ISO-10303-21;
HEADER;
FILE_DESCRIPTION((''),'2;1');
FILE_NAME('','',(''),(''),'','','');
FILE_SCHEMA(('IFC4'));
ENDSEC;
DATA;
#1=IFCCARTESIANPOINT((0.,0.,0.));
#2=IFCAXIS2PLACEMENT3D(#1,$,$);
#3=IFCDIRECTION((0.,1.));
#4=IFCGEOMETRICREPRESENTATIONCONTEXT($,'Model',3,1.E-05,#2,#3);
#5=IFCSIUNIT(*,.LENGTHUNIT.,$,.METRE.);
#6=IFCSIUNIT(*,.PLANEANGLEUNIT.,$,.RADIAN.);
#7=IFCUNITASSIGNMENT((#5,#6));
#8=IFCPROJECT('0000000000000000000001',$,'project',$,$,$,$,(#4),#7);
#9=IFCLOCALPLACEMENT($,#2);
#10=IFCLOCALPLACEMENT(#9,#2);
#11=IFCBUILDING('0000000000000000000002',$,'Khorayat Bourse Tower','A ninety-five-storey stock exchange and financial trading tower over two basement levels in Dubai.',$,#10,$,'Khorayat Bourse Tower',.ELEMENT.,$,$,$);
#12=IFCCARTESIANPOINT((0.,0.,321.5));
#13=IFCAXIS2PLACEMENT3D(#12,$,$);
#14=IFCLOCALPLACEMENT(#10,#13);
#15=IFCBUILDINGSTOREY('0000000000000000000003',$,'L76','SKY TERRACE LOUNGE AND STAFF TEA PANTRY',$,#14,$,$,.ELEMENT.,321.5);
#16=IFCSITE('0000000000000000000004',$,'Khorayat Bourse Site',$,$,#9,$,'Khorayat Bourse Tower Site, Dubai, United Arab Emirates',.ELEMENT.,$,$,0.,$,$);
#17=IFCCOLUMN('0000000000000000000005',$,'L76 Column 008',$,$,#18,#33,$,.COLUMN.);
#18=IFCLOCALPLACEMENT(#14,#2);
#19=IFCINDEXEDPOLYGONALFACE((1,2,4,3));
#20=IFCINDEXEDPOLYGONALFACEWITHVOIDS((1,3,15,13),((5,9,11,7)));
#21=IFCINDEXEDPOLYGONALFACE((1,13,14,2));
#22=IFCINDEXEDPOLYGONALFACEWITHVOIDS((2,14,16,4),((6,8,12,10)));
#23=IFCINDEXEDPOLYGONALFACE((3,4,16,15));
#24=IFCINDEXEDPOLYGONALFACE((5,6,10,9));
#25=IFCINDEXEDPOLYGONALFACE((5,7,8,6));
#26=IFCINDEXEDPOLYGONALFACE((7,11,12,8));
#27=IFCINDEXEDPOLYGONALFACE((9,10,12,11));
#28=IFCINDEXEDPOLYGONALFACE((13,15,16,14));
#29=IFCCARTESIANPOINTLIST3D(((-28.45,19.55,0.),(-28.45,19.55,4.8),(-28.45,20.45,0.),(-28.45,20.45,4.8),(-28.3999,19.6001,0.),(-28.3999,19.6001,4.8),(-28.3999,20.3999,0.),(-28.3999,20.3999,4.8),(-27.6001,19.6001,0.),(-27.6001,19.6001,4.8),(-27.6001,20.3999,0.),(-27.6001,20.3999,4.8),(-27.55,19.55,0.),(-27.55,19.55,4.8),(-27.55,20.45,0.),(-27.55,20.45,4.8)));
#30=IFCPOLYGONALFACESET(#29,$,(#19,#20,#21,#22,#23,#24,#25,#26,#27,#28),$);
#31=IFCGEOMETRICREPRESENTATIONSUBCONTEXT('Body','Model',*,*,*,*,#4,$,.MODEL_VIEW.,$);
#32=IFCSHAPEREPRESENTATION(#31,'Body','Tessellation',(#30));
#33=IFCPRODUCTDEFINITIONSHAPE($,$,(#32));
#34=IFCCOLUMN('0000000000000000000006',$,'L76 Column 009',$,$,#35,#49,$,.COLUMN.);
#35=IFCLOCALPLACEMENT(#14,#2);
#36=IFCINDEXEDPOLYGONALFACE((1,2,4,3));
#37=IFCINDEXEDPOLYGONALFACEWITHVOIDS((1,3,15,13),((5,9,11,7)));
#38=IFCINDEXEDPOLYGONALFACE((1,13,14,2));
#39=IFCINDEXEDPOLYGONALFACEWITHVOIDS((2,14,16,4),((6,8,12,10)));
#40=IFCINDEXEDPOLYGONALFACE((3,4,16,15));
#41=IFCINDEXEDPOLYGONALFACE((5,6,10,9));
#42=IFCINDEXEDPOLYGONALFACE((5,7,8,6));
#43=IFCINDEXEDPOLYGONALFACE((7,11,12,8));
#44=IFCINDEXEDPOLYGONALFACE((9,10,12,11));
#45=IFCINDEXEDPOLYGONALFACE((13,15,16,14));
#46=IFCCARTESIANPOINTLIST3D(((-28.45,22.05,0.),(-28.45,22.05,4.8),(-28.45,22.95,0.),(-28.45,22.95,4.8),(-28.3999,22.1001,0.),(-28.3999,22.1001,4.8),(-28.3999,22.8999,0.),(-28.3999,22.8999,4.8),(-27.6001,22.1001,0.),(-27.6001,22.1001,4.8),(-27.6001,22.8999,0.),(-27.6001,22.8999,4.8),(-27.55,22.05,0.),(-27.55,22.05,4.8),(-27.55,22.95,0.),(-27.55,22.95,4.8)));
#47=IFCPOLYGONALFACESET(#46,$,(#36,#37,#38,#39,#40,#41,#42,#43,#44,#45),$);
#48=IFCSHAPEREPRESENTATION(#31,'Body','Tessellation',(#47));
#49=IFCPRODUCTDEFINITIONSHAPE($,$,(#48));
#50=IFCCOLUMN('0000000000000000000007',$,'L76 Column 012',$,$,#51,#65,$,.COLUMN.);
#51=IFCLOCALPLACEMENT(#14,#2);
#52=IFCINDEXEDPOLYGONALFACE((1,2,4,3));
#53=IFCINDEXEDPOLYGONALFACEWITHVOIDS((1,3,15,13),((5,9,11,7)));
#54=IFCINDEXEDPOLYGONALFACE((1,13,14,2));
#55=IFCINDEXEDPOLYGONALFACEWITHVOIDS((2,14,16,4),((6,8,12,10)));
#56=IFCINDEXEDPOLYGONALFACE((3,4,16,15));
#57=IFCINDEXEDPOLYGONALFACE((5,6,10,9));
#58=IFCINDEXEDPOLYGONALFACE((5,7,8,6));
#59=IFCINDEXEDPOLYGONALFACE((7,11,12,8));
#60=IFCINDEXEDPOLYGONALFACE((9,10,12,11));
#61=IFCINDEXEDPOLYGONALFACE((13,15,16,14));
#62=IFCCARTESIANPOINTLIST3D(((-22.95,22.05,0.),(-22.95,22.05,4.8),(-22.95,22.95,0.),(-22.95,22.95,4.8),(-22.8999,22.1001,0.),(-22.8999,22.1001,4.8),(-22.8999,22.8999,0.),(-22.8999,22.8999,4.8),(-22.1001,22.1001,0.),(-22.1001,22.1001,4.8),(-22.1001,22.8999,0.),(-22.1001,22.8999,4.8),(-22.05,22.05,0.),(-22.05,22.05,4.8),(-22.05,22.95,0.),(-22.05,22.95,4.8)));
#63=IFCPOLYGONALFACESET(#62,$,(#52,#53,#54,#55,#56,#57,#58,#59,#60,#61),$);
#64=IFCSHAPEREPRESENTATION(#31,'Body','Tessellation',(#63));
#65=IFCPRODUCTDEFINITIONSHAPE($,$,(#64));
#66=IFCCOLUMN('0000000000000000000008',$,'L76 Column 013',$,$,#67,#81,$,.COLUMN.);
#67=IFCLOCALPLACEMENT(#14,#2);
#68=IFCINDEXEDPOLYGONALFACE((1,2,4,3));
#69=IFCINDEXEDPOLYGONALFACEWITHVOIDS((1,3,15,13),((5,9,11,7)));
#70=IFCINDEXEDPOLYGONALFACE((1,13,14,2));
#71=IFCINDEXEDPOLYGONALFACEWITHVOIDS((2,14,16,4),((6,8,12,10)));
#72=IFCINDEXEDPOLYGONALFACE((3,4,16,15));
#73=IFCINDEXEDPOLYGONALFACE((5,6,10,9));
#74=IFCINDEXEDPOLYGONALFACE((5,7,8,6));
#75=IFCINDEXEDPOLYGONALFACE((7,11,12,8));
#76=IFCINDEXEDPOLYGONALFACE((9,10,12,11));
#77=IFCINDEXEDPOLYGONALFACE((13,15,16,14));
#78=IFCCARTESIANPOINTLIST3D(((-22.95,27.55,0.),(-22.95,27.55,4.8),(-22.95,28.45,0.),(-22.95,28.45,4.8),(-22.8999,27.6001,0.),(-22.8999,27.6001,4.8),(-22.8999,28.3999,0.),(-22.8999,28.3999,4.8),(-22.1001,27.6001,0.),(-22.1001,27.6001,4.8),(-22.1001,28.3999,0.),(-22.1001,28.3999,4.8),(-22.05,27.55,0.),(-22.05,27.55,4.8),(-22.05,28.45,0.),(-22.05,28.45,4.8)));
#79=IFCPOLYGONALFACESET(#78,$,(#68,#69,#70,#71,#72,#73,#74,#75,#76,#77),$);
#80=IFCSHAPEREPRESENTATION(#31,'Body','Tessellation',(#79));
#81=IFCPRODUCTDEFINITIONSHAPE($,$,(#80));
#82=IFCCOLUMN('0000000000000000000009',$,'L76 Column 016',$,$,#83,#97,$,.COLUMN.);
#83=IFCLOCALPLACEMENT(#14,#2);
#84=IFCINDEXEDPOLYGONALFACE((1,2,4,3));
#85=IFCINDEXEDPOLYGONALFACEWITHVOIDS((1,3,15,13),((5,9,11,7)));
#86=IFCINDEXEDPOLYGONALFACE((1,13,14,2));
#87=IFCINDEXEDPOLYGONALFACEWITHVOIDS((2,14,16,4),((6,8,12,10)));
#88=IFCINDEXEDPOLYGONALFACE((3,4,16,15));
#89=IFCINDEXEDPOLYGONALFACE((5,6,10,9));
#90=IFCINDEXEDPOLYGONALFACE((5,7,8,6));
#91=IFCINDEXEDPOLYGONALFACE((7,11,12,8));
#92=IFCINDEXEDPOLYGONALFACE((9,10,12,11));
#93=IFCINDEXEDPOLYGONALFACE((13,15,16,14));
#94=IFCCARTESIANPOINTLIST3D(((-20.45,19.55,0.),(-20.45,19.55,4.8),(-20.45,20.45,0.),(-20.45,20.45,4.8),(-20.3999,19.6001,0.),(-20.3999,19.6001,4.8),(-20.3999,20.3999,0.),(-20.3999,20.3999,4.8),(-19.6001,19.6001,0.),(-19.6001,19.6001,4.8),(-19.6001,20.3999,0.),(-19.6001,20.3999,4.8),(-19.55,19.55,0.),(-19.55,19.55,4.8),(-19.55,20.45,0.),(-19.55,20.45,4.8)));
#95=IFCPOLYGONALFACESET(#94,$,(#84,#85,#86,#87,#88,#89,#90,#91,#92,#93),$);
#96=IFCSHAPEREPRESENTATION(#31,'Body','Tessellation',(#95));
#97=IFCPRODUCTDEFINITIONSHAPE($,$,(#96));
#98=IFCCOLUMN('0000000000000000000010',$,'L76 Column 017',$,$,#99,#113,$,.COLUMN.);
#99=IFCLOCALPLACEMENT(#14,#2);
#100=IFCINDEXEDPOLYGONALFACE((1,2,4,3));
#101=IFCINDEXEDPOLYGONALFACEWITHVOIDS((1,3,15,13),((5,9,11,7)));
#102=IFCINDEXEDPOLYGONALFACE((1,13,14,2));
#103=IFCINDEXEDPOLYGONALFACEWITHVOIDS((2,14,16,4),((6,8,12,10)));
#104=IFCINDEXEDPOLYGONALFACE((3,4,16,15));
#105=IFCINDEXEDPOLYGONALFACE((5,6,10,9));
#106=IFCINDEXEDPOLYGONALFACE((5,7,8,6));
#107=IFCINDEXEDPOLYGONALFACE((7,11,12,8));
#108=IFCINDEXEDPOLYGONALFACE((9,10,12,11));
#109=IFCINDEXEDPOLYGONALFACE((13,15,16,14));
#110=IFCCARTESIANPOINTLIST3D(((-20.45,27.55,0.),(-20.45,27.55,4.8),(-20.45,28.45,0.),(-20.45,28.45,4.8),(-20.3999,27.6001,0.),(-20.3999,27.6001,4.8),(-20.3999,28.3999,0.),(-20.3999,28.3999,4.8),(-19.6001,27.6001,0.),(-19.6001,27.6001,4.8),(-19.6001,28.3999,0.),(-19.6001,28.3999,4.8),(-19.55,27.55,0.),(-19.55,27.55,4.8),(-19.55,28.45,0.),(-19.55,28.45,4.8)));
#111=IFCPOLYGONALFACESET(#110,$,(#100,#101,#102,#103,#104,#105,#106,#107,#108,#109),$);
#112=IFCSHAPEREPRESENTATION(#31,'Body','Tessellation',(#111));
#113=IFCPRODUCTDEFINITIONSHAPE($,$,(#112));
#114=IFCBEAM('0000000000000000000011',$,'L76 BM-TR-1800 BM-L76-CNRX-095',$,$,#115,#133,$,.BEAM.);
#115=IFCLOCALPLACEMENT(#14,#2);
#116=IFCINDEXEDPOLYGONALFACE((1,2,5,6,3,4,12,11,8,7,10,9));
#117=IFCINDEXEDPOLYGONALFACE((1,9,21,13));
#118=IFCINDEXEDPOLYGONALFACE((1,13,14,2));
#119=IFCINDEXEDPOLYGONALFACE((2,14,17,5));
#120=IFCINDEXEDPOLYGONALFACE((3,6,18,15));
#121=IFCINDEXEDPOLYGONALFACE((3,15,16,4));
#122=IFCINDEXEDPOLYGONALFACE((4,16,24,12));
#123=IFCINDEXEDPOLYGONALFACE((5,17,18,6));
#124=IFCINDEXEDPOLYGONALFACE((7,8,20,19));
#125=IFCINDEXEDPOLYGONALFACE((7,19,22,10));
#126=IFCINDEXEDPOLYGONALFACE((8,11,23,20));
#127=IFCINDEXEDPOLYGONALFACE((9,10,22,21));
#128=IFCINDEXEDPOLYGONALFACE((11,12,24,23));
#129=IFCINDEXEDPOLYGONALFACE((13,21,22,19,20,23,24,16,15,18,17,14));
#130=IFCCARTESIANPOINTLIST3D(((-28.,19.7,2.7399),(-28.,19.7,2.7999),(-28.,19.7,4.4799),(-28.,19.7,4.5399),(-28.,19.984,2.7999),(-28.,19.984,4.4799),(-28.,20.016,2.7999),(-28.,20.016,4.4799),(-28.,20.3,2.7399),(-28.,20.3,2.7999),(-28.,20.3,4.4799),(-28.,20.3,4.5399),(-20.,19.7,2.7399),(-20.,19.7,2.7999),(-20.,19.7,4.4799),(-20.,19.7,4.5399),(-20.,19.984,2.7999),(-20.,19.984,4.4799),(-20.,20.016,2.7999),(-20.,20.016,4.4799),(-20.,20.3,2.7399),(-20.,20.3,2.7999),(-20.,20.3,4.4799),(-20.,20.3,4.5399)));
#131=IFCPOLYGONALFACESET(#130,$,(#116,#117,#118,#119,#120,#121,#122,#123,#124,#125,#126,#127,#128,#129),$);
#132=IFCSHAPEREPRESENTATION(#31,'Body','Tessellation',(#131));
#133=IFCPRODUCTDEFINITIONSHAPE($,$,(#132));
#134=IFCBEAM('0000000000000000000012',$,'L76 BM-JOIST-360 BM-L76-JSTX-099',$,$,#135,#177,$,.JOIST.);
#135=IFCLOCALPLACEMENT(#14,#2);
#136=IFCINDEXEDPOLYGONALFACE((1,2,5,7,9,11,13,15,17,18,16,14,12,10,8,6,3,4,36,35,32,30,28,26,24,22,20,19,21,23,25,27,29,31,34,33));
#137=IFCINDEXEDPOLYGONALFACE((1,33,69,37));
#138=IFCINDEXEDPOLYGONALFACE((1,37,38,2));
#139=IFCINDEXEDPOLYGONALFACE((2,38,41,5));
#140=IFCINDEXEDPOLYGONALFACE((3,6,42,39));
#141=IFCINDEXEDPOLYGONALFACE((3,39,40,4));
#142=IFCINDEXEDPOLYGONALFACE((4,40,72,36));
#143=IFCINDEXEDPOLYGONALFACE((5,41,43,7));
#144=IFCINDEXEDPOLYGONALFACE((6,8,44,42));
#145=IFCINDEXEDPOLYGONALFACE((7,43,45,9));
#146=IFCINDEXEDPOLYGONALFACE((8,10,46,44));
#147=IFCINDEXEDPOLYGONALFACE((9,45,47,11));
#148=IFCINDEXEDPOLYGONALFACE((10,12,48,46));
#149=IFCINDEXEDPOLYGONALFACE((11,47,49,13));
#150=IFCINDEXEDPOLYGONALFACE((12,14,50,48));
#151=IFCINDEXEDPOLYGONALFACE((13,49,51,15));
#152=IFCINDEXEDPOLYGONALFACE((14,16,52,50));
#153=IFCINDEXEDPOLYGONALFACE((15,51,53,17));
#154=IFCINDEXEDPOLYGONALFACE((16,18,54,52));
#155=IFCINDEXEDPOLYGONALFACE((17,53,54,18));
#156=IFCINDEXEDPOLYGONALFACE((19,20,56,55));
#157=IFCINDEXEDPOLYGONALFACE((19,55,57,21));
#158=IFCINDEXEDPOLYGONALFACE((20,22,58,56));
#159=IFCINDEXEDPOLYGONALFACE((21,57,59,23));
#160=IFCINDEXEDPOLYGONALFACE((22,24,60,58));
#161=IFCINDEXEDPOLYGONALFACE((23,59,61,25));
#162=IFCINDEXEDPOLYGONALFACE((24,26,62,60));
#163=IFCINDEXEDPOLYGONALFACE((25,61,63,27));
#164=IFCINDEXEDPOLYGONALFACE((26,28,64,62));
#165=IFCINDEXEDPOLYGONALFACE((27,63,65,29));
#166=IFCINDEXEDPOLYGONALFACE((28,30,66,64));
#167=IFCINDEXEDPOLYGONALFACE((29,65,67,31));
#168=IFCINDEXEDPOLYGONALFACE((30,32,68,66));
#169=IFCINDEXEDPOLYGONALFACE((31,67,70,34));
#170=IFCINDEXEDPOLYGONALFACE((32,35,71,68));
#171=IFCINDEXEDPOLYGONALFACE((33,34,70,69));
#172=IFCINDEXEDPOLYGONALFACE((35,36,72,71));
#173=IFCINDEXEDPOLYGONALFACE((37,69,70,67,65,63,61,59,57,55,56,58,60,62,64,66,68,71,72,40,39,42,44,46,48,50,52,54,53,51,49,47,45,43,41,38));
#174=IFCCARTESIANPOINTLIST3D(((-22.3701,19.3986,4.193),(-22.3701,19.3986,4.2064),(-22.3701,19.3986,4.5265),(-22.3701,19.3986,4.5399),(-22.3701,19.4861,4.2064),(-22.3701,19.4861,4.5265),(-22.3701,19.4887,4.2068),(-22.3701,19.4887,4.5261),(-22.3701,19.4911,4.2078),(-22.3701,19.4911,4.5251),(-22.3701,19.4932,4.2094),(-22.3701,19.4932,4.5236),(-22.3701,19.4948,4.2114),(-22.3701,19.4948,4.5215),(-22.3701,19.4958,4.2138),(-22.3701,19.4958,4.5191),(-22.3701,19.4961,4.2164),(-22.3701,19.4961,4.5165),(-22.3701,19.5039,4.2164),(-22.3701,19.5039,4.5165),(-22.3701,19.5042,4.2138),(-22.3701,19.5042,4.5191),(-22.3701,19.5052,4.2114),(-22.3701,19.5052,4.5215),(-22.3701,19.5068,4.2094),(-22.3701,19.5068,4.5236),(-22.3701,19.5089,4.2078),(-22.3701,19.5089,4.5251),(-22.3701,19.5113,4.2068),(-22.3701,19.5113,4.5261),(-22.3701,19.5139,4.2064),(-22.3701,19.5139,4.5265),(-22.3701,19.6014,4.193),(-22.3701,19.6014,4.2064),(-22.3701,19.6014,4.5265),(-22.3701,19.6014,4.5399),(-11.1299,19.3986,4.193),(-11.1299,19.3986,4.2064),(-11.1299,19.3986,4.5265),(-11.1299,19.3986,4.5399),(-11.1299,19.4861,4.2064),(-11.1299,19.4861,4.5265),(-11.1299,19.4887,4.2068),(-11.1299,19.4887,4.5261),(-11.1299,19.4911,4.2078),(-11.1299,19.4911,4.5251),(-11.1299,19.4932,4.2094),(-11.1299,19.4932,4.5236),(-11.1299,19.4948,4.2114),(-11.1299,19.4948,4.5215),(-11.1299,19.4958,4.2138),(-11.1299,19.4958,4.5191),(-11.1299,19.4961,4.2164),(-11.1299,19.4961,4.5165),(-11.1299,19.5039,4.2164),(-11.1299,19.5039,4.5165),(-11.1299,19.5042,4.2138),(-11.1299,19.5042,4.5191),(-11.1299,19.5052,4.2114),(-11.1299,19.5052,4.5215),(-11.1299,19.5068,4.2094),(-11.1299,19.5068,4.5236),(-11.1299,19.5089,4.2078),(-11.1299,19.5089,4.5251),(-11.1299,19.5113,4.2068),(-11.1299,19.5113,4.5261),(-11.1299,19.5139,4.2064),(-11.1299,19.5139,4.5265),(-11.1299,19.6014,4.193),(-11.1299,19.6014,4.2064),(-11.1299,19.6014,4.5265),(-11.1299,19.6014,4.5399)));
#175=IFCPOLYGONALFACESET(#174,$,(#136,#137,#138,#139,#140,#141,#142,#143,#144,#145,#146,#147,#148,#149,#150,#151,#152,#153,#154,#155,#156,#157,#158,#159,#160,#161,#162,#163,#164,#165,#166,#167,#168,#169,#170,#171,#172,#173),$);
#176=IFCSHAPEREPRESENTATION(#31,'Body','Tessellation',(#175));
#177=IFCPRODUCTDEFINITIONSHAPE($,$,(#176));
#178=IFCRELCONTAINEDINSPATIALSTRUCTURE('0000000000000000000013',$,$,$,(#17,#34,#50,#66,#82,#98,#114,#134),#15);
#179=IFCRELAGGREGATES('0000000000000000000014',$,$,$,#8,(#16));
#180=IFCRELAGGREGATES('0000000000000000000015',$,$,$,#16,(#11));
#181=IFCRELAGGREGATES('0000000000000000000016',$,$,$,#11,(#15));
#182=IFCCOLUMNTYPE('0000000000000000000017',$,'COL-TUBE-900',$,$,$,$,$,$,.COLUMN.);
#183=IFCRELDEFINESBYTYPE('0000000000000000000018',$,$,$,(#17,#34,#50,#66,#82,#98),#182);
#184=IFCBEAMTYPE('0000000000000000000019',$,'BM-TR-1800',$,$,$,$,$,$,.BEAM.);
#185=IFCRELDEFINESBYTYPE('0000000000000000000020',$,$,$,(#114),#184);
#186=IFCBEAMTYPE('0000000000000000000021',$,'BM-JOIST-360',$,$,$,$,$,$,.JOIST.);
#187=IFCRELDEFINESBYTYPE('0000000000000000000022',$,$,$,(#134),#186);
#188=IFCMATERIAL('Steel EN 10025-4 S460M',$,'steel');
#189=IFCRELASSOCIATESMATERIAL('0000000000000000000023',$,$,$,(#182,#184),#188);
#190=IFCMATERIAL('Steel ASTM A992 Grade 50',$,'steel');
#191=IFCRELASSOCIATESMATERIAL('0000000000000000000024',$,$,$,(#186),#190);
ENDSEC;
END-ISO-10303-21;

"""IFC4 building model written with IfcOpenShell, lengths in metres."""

from ifc_helpers import new_model, si_unit, direction, frame, origin, origin_2d, place, context, subcontext, project, spatial, hollow_rectangle, i_section, extrude, source, transform, mapped, material, material_profile, profile_set, type_object, element, save


model = new_model("IFC4")

# Units and contexts
model_context = context("Model", 3, precision=1e-05, world=origin(), true_north=direction((0.0, 1.0)))
body_context = subcontext(model_context, "Body", "Model", "MODEL_VIEW")
ifc_project = project(units=[si_unit("LENGTHUNIT", "METRE"), si_unit("PLANEANGLEUNIT", "RADIAN")], contexts=[model_context])

# Site, building, storey
site_placement = place(None, origin())
site = spatial("IfcSite", under=ifc_project, at=site_placement, Name="Khorayat Bourse Site", LongName="Khorayat Bourse Tower Site, Dubai, United Arab Emirates", CompositionType="ELEMENT", RefElevation=0.0)
building_placement = place(site_placement, origin())
building = spatial("IfcBuilding", under=site, at=building_placement, Name="Khorayat Bourse Tower", Description="A ninety-five-storey stock exchange and financial trading tower over two basement levels in Dubai.", LongName="Khorayat Bourse Tower", CompositionType="ELEMENT")
storey_placement = place(building_placement, frame((0.0, 0.0, 321.5)))
storey = spatial("IfcBuildingStorey", under=building, at=storey_placement, Name="L76", Description="SKY TERRACE LOUNGE AND STAFF TEA PANTRY", CompositionType="ELEMENT", Elevation=321.5)

# Columns
ifc_material_1 = material(Name="Steel EN 10025-4 S460M", Category="steel")
ifc_material_profile_1 = material_profile(ifc_material_1, hollow_rectangle(XDim=0.8999, YDim=0.8999, WallThickness=0.05, at=origin_2d()), Name="BOX 900x900x50")
ifc_profile_set_1 = profile_set([ifc_material_profile_1], Name="Steel EN 10025-4 S460M")
column_type = type_object("IfcColumnType", Name="COL-TUBE-900", PredefinedType="COLUMN", material=ifc_profile_set_1)
shared_shape_1 = source(origin(), body_context, "Body", "SweptSolid", [
    extrude(hollow_rectangle(XDim=0.8999, YDim=0.8999, WallThickness=0.05, at=origin_2d()), origin(), (0.0, 0.0, 1.0), 4.8),
])
for number, where, z_axis, x_axis, name in (
    (1, (-28.0, 20.0, 0.0), (0.0, 0.0, 1.0), (1.0, 0.0, 0.0), "L76 Column 008"),
    (2, (-28.0, 22.5, 0.0), (0.0, 0.0, 1.0), (1.0, 0.0, 0.0), "L76 Column 009"),
    (3, (-22.5, 22.5, 0.0), (0.0, 0.0, 1.0), (1.0, 0.0, 0.0), "L76 Column 012"),
    (4, (-22.5, 28.0, 0.0), (0.0, 0.0, 1.0), (1.0, 0.0, 0.0), "L76 Column 013"),
    (5, (-20.0, 20.0, 0.0), (0.0, 0.0, 1.0), (1.0, 0.0, 0.0), "L76 Column 016"),
    (6, (-20.0, 28.0, 0.0), (0.0, 0.0, 1.0), (1.0, 0.0, 0.0), "L76 Column 017"),
):
    element("IfcColumn", number, at=place(storey_placement, frame(where, z_axis=z_axis, x_axis=x_axis)), inside=storey, type_object=column_type, Name=name, PredefinedType="COLUMN", context=body_context, shape_type="MappedRepresentation", body=[
        mapped(shared_shape_1, transform((0.0, 0.0, 0.0), scale=1.0)),
    ])

# Beams
ifc_material_profile_2 = material_profile(ifc_material_1, i_section(OverallWidth=0.6001, OverallDepth=1.8, WebThickness=0.032, FlangeThickness=0.0601, at=origin_2d()), Name="PG 1800x600x32x60")
ifc_profile_set_2 = profile_set([ifc_material_profile_2], Name="Steel EN 10025-4 S460M")
beam_type_1 = type_object("IfcBeamType", Name="BM-TR-1800", PredefinedType="BEAM", material=ifc_profile_set_2)
shared_shape_2 = source(origin(), body_context, "Body", "SweptSolid", [
    extrude(i_section(OverallWidth=0.6001, OverallDepth=1.8, WebThickness=0.032, FlangeThickness=0.0601, at=origin_2d()), origin(), (0.0, 0.0, 1.0), 8.0),
])
beam_1_placement = place(storey_placement, frame((-28.0, 20.0, 3.6399), z_axis=(1.0, 0.0, 0.0), x_axis=(0.0, 1.0, 0.0)))
element("IfcBeam", 7, at=beam_1_placement, inside=storey, type_object=beam_type_1, Name="L76 BM-TR-1800 BM-L76-CNRX-095", PredefinedType="BEAM", context=body_context, shape_type="MappedRepresentation", body=[
    mapped(shared_shape_2, transform((0.0, 0.0, 0.0), scale=1.0)),
])
ifc_material_2 = material(Name="Steel ASTM A992 Grade 50", Category="steel")
ifc_material_profile_3 = material_profile(ifc_material_2, i_section(OverallWidth=0.2029, OverallDepth=0.3469, WebThickness=0.0078, FlangeThickness=0.0134, FilletRadius=0.01, at=origin_2d()), Name="W360X64")
ifc_profile_set_3 = profile_set([ifc_material_profile_3], Name="Steel ASTM A992 Grade 50")
beam_type_2 = type_object("IfcBeamType", Name="BM-JOIST-360", PredefinedType="JOIST", material=ifc_profile_set_3)
shared_shape_3 = source(origin(), body_context, "Body", "SweptSolid", [
    extrude(i_section(OverallWidth=0.2029, OverallDepth=0.3469, WebThickness=0.0078, FlangeThickness=0.0134, FilletRadius=0.01, at=origin_2d()), origin(), (0.0, 0.0, 1.0), 11.2402),
])
beam_2_placement = place(storey_placement, frame((-22.3701, 19.5, 4.3665), z_axis=(1.0, 0.0, 0.0), x_axis=(0.0, 1.0, 0.0)))
element("IfcBeam", 8, at=beam_2_placement, inside=storey, type_object=beam_type_2, Name="L76 BM-JOIST-360 BM-L76-JSTX-099", PredefinedType="JOIST", context=body_context, shape_type="MappedRepresentation", body=[
    mapped(shared_shape_3, transform((0.0, 0.0, 0.0), scale=1.0)),
])

save(model, "model.ifc")
